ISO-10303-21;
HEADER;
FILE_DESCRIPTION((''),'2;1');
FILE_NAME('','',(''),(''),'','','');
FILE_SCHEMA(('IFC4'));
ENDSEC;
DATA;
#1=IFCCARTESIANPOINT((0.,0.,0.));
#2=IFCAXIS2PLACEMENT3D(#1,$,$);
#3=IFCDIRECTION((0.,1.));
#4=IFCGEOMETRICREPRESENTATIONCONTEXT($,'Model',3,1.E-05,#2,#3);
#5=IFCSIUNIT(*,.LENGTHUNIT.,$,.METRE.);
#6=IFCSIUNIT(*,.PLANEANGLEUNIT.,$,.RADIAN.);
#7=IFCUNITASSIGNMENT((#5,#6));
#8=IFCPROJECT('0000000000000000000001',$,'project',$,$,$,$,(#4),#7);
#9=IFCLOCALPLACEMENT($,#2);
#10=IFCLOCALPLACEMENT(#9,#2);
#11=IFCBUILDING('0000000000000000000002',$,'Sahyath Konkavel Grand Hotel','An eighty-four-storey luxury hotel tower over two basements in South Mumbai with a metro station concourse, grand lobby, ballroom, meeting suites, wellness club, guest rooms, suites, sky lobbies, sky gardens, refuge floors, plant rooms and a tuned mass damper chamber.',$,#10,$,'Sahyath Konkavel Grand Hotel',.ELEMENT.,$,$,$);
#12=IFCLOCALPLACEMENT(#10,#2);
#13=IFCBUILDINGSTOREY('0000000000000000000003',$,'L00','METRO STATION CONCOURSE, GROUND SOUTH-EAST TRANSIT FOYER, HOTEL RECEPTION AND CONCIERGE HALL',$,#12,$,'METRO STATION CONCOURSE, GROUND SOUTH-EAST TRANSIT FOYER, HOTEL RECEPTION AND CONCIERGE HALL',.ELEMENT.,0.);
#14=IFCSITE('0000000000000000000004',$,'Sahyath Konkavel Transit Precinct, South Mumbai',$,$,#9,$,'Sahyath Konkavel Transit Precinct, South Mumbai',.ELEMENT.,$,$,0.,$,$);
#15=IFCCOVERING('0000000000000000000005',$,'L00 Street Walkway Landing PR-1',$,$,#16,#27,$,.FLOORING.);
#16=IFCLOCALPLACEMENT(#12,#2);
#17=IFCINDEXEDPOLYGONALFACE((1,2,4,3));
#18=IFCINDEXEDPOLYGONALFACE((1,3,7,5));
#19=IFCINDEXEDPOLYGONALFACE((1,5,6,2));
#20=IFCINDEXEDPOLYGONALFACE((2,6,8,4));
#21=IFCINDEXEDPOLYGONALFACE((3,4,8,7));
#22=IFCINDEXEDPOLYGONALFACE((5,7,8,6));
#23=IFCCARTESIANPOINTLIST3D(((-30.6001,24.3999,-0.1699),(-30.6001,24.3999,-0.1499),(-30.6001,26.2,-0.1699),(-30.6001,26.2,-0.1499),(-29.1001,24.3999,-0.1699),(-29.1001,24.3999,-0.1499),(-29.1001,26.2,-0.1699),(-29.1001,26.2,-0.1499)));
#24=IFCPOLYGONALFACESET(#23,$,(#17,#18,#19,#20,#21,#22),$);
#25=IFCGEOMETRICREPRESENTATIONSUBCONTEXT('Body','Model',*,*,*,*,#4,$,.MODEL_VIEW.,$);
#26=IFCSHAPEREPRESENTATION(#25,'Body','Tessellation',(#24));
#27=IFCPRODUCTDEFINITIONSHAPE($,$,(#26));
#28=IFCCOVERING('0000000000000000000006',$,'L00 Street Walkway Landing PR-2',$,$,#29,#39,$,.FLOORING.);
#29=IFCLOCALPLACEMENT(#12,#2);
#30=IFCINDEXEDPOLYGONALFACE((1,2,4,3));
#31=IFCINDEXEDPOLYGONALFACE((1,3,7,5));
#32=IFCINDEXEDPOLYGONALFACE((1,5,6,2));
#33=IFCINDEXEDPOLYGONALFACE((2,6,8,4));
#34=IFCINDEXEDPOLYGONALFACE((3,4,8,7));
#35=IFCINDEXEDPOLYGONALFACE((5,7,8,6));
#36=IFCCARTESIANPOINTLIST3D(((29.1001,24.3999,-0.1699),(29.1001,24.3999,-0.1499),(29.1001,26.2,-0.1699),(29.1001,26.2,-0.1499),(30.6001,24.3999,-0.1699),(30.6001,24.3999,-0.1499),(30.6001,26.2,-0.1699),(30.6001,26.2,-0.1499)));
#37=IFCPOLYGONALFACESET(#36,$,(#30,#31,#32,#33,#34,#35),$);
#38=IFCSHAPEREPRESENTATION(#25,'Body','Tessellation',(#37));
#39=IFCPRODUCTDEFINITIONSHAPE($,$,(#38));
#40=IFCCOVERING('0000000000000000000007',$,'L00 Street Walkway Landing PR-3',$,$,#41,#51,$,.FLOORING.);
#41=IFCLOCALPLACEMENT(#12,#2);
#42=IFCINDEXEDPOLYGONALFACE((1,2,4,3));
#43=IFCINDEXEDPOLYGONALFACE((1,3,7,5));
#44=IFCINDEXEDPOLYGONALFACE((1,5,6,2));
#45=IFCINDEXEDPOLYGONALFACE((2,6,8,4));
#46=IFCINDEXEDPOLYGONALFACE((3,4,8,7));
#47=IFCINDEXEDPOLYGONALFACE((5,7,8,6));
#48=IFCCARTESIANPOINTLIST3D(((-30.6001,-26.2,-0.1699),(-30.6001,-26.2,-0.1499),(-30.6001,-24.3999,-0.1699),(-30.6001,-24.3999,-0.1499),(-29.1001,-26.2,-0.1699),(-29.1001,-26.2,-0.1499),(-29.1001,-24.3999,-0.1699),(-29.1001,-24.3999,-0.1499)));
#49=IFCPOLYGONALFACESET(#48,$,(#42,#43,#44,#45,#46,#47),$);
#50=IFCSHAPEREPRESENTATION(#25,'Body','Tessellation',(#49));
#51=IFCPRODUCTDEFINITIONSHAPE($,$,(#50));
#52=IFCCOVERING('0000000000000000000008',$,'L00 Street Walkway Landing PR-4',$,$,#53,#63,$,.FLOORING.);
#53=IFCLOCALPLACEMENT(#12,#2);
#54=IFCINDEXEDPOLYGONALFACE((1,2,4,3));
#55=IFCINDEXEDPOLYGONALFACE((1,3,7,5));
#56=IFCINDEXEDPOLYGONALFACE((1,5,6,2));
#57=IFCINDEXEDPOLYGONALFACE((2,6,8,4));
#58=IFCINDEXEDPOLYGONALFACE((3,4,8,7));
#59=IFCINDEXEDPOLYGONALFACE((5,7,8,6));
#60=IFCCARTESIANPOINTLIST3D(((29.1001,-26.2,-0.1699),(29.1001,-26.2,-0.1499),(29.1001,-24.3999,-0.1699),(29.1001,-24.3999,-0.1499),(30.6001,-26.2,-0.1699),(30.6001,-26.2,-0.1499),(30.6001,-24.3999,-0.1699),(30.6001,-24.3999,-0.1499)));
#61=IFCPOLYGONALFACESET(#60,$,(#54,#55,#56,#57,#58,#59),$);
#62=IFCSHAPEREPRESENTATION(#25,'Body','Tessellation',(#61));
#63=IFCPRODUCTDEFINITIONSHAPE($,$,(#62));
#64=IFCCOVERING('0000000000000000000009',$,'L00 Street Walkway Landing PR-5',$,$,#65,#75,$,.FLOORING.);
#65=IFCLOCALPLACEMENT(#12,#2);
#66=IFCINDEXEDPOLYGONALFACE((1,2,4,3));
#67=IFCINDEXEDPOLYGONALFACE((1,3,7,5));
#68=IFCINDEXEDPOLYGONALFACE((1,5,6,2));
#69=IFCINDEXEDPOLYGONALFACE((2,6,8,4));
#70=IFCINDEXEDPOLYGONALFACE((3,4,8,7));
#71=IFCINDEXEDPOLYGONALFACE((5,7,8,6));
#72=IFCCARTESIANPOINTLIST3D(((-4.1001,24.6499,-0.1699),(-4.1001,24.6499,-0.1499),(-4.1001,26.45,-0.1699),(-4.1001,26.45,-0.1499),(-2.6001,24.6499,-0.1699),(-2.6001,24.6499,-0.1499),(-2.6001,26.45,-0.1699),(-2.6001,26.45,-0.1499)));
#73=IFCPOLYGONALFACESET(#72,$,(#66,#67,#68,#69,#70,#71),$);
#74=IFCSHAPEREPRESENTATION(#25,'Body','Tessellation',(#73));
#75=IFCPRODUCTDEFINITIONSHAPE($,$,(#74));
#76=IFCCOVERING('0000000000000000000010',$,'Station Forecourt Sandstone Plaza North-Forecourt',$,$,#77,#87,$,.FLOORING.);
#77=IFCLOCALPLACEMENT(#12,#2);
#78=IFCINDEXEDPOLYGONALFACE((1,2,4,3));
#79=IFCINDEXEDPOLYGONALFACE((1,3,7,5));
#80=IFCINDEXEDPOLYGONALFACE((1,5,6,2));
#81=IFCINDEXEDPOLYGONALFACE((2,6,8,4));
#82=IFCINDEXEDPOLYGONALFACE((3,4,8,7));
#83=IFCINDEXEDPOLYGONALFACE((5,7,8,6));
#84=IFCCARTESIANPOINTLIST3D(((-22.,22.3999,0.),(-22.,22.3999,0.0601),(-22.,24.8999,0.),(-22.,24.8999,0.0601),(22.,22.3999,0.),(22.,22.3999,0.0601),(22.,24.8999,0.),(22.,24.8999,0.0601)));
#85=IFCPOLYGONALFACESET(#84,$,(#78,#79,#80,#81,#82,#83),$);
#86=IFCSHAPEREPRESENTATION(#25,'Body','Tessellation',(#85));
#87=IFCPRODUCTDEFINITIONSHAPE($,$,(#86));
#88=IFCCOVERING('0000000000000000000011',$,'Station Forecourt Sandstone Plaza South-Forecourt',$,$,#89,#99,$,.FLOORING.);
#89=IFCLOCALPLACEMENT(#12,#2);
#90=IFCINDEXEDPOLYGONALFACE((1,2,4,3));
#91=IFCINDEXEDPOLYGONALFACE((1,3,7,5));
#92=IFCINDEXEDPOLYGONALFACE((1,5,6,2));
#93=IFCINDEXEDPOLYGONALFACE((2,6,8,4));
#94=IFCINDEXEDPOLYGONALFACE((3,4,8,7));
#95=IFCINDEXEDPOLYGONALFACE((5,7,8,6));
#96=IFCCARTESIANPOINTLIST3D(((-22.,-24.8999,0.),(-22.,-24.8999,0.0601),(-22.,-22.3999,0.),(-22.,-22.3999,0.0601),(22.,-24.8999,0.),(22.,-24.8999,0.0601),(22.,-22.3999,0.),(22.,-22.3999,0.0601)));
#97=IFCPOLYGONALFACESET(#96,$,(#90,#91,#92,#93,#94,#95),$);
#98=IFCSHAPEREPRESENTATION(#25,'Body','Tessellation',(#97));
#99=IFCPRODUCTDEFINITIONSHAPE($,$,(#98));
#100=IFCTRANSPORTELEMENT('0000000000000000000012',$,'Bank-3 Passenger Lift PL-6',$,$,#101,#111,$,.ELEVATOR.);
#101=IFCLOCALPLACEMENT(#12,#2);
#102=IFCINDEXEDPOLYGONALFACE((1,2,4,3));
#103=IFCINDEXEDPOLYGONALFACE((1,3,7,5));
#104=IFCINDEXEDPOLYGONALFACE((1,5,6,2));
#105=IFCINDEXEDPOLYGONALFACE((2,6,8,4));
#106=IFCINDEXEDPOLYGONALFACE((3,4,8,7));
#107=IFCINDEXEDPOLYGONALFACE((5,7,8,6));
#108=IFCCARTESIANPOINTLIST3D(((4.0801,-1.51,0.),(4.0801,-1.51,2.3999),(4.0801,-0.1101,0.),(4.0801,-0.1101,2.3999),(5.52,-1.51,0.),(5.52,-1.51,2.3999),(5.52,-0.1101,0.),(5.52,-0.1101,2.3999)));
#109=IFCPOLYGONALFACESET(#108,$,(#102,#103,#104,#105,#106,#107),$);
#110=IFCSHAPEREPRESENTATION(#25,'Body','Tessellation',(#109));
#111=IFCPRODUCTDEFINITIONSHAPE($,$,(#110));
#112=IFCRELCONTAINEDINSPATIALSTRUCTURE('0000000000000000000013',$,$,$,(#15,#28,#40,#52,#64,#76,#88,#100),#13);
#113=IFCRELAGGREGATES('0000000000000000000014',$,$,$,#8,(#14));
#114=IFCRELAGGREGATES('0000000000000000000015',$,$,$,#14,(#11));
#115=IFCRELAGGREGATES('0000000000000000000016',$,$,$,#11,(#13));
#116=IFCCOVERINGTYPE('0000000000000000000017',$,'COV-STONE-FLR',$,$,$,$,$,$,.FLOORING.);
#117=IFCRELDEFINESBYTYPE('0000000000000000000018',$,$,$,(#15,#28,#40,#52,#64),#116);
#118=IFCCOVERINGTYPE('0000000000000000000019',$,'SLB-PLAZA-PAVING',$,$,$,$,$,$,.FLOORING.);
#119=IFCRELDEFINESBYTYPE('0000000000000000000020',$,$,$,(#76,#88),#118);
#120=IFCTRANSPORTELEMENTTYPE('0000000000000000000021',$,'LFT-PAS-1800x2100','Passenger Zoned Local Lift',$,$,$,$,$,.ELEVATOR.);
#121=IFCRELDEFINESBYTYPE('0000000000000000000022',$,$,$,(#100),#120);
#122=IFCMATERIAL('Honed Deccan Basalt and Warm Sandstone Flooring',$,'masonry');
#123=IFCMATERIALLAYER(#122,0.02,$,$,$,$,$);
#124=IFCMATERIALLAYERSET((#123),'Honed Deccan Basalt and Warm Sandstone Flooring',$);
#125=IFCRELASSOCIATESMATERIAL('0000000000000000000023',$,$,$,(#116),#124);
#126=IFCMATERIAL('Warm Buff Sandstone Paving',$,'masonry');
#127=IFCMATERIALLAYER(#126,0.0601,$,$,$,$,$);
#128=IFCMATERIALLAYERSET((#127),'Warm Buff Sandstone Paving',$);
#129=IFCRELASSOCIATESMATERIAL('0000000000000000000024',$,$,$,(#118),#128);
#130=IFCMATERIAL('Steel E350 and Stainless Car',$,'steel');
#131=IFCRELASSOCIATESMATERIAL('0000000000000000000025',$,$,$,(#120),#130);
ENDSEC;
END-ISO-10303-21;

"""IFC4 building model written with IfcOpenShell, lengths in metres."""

from ifc_helpers import new_model, si_unit, direction, frame, origin, origin_2d, place, context, subcontext, project, spatial, polyline, rectangle, outline, extrude, source, transform, mapped, material, layer, layer_set, type_object, element, save


model = new_model("IFC4")

# Units and contexts
model_context = context("Model", 3, precision=1e-05, world=origin(), true_north=direction((0.0, 1.0)))
body_context = subcontext(model_context, "Body", "Model", "MODEL_VIEW")
ifc_project = project(units=[si_unit("LENGTHUNIT", "METRE"), si_unit("PLANEANGLEUNIT", "RADIAN")], contexts=[model_context])

# Site, building, storey
site_placement = place(None, origin())
site = spatial("IfcSite", under=ifc_project, at=site_placement, Name="Sahyath Konkavel Transit Precinct, South Mumbai", LongName="Sahyath Konkavel Transit Precinct, South Mumbai", CompositionType="ELEMENT", RefElevation=0.0)
building_placement = place(site_placement, origin())
building = spatial("IfcBuilding", under=site, at=building_placement, Name="Sahyath Konkavel Grand Hotel", Description="An eighty-four-storey luxury hotel tower over two basements in South Mumbai with a metro station concourse, grand lobby, ballroom, meeting suites, wellness club, guest rooms, suites, sky lobbies, sky gardens, refuge floors, plant rooms and a tuned mass damper chamber.", LongName="Sahyath Konkavel Grand Hotel", CompositionType="ELEMENT")
storey_placement = place(building_placement, origin())
storey = spatial("IfcBuildingStorey", under=building, at=storey_placement, Name="L00", Description="METRO STATION CONCOURSE, GROUND SOUTH-EAST TRANSIT FOYER, HOTEL RECEPTION AND CONCIERGE HALL", LongName="METRO STATION CONCOURSE, GROUND SOUTH-EAST TRANSIT FOYER, HOTEL RECEPTION AND CONCIERGE HALL", CompositionType="ELEMENT", Elevation=0.0)

# Coverings
ifc_material_1 = material(Name="Honed Deccan Basalt and Warm Sandstone Flooring", Category="masonry")
ifc_layer_1 = layer(ifc_material_1, 0.02)
ifc_layer_set_1 = layer_set([ifc_layer_1], Name="Honed Deccan Basalt and Warm Sandstone Flooring")
covering_type_1 = type_object("IfcCoveringType", Name="COV-STONE-FLR", PredefinedType="FLOORING", material=ifc_layer_set_1)
covering_1_placement = place(storey_placement, frame((0.0, 0.0, -0.1699)))
element("IfcCovering", 1, at=covering_1_placement, inside=storey, type_object=covering_type_1, Name="L00 Street Walkway Landing PR-1", PredefinedType="FLOORING", context=body_context, shape_type="SweptSolid", body=[
    extrude(outline(polyline([(-30.6001, 24.3999), (-29.1001, 24.3999), (-29.1001, 26.2), (-30.6001, 26.2), (-30.6001, 24.3999)])), origin(), (0.0, 0.0, 1.0), 0.02),
])
covering_2_placement = place(storey_placement, frame((0.0, 0.0, -0.1699)))
element("IfcCovering", 2, at=covering_2_placement, inside=storey, type_object=covering_type_1, Name="L00 Street Walkway Landing PR-2", PredefinedType="FLOORING", context=body_context, shape_type="SweptSolid", body=[
    extrude(outline(polyline([(29.1001, 24.3999), (30.6001, 24.3999), (30.6001, 26.2), (29.1001, 26.2), (29.1001, 24.3999)])), origin(), (0.0, 0.0, 1.0), 0.02),
])
covering_3_placement = place(storey_placement, frame((0.0, 0.0, -0.1699)))
element("IfcCovering", 3, at=covering_3_placement, inside=storey, type_object=covering_type_1, Name="L00 Street Walkway Landing PR-3", PredefinedType="FLOORING", context=body_context, shape_type="SweptSolid", body=[
    extrude(outline(polyline([(-30.6001, -26.2), (-29.1001, -26.2), (-29.1001, -24.3999), (-30.6001, -24.3999), (-30.6001, -26.2)])), origin(), (0.0, 0.0, 1.0), 0.02),
])
covering_4_placement = place(storey_placement, frame((0.0, 0.0, -0.1699)))
element("IfcCovering", 4, at=covering_4_placement, inside=storey, type_object=covering_type_1, Name="L00 Street Walkway Landing PR-4", PredefinedType="FLOORING", context=body_context, shape_type="SweptSolid", body=[
    extrude(outline(polyline([(29.1001, -26.2), (30.6001, -26.2), (30.6001, -24.3999), (29.1001, -24.3999), (29.1001, -26.2)])), origin(), (0.0, 0.0, 1.0), 0.02),
])
covering_5_placement = place(storey_placement, frame((0.0, 0.0, -0.1699)))
element("IfcCovering", 5, at=covering_5_placement, inside=storey, type_object=covering_type_1, Name="L00 Street Walkway Landing PR-5", PredefinedType="FLOORING", context=body_context, shape_type="SweptSolid", body=[
    extrude(outline(polyline([(-4.1001, 24.6499), (-2.6001, 24.6499), (-2.6001, 26.45), (-4.1001, 26.45), (-4.1001, 24.6499)])), origin(), (0.0, 0.0, 1.0), 0.02),
])
ifc_material_2 = material(Name="Warm Buff Sandstone Paving", Category="masonry")
ifc_layer_2 = layer(ifc_material_2, 0.0601)
ifc_layer_set_2 = layer_set([ifc_layer_2], Name="Warm Buff Sandstone Paving")
covering_type_2 = type_object("IfcCoveringType", Name="SLB-PLAZA-PAVING", PredefinedType="FLOORING", material=ifc_layer_set_2)
covering_6_placement = place(storey_placement, origin())
element("IfcCovering", 6, at=covering_6_placement, inside=storey, type_object=covering_type_2, Name="Station Forecourt Sandstone Plaza North-Forecourt", PredefinedType="FLOORING", context=body_context, shape_type="SweptSolid", body=[
    extrude(outline(polyline([(-22.0, 22.3999), (22.0, 22.3999), (22.0, 24.8999), (-22.0, 24.8999), (-22.0, 22.3999)])), origin(), (0.0, 0.0, 1.0), 0.0601),
])
covering_7_placement = place(storey_placement, origin())
element("IfcCovering", 7, at=covering_7_placement, inside=storey, type_object=covering_type_2, Name="Station Forecourt Sandstone Plaza South-Forecourt", PredefinedType="FLOORING", context=body_context, shape_type="SweptSolid", body=[
    extrude(outline(polyline([(-22.0, -24.8999), (22.0, -24.8999), (22.0, -22.3999), (-22.0, -22.3999), (-22.0, -24.8999)])), origin(), (0.0, 0.0, 1.0), 0.0601),
])

# Transport element
ifc_material_3 = material(Name="Steel E350 and Stainless Car", Category="steel")
transport_element_type = type_object("IfcTransportElementType", Name="LFT-PAS-1800x2100", Description="Passenger Zoned Local Lift", PredefinedType="ELEVATOR", material=ifc_material_3)
shared_shape_1 = source(origin(), body_context, "Body", "SweptSolid", [
    extrude(rectangle(XDim=1.4399, YDim=1.3999, at=origin_2d()), origin(), (0.0, 0.0, 1.0), 2.3999),
])
transport_element_placement = place(storey_placement, frame((4.8, -0.8101, 0.0), z_axis=(0.0, 0.0, 1.0), x_axis=(1.0, 0.0, 0.0)))
element("IfcTransportElement", 8, at=transport_element_placement, inside=storey, type_object=transport_element_type, Name="Bank-3 Passenger Lift PL-6", PredefinedType="ELEVATOR", context=body_context, shape_type="MappedRepresentation", body=[
    mapped(shared_shape_1, transform((0.0, 0.0, 0.0), scale=1.0)),
])

save(model, "model.ifc")
